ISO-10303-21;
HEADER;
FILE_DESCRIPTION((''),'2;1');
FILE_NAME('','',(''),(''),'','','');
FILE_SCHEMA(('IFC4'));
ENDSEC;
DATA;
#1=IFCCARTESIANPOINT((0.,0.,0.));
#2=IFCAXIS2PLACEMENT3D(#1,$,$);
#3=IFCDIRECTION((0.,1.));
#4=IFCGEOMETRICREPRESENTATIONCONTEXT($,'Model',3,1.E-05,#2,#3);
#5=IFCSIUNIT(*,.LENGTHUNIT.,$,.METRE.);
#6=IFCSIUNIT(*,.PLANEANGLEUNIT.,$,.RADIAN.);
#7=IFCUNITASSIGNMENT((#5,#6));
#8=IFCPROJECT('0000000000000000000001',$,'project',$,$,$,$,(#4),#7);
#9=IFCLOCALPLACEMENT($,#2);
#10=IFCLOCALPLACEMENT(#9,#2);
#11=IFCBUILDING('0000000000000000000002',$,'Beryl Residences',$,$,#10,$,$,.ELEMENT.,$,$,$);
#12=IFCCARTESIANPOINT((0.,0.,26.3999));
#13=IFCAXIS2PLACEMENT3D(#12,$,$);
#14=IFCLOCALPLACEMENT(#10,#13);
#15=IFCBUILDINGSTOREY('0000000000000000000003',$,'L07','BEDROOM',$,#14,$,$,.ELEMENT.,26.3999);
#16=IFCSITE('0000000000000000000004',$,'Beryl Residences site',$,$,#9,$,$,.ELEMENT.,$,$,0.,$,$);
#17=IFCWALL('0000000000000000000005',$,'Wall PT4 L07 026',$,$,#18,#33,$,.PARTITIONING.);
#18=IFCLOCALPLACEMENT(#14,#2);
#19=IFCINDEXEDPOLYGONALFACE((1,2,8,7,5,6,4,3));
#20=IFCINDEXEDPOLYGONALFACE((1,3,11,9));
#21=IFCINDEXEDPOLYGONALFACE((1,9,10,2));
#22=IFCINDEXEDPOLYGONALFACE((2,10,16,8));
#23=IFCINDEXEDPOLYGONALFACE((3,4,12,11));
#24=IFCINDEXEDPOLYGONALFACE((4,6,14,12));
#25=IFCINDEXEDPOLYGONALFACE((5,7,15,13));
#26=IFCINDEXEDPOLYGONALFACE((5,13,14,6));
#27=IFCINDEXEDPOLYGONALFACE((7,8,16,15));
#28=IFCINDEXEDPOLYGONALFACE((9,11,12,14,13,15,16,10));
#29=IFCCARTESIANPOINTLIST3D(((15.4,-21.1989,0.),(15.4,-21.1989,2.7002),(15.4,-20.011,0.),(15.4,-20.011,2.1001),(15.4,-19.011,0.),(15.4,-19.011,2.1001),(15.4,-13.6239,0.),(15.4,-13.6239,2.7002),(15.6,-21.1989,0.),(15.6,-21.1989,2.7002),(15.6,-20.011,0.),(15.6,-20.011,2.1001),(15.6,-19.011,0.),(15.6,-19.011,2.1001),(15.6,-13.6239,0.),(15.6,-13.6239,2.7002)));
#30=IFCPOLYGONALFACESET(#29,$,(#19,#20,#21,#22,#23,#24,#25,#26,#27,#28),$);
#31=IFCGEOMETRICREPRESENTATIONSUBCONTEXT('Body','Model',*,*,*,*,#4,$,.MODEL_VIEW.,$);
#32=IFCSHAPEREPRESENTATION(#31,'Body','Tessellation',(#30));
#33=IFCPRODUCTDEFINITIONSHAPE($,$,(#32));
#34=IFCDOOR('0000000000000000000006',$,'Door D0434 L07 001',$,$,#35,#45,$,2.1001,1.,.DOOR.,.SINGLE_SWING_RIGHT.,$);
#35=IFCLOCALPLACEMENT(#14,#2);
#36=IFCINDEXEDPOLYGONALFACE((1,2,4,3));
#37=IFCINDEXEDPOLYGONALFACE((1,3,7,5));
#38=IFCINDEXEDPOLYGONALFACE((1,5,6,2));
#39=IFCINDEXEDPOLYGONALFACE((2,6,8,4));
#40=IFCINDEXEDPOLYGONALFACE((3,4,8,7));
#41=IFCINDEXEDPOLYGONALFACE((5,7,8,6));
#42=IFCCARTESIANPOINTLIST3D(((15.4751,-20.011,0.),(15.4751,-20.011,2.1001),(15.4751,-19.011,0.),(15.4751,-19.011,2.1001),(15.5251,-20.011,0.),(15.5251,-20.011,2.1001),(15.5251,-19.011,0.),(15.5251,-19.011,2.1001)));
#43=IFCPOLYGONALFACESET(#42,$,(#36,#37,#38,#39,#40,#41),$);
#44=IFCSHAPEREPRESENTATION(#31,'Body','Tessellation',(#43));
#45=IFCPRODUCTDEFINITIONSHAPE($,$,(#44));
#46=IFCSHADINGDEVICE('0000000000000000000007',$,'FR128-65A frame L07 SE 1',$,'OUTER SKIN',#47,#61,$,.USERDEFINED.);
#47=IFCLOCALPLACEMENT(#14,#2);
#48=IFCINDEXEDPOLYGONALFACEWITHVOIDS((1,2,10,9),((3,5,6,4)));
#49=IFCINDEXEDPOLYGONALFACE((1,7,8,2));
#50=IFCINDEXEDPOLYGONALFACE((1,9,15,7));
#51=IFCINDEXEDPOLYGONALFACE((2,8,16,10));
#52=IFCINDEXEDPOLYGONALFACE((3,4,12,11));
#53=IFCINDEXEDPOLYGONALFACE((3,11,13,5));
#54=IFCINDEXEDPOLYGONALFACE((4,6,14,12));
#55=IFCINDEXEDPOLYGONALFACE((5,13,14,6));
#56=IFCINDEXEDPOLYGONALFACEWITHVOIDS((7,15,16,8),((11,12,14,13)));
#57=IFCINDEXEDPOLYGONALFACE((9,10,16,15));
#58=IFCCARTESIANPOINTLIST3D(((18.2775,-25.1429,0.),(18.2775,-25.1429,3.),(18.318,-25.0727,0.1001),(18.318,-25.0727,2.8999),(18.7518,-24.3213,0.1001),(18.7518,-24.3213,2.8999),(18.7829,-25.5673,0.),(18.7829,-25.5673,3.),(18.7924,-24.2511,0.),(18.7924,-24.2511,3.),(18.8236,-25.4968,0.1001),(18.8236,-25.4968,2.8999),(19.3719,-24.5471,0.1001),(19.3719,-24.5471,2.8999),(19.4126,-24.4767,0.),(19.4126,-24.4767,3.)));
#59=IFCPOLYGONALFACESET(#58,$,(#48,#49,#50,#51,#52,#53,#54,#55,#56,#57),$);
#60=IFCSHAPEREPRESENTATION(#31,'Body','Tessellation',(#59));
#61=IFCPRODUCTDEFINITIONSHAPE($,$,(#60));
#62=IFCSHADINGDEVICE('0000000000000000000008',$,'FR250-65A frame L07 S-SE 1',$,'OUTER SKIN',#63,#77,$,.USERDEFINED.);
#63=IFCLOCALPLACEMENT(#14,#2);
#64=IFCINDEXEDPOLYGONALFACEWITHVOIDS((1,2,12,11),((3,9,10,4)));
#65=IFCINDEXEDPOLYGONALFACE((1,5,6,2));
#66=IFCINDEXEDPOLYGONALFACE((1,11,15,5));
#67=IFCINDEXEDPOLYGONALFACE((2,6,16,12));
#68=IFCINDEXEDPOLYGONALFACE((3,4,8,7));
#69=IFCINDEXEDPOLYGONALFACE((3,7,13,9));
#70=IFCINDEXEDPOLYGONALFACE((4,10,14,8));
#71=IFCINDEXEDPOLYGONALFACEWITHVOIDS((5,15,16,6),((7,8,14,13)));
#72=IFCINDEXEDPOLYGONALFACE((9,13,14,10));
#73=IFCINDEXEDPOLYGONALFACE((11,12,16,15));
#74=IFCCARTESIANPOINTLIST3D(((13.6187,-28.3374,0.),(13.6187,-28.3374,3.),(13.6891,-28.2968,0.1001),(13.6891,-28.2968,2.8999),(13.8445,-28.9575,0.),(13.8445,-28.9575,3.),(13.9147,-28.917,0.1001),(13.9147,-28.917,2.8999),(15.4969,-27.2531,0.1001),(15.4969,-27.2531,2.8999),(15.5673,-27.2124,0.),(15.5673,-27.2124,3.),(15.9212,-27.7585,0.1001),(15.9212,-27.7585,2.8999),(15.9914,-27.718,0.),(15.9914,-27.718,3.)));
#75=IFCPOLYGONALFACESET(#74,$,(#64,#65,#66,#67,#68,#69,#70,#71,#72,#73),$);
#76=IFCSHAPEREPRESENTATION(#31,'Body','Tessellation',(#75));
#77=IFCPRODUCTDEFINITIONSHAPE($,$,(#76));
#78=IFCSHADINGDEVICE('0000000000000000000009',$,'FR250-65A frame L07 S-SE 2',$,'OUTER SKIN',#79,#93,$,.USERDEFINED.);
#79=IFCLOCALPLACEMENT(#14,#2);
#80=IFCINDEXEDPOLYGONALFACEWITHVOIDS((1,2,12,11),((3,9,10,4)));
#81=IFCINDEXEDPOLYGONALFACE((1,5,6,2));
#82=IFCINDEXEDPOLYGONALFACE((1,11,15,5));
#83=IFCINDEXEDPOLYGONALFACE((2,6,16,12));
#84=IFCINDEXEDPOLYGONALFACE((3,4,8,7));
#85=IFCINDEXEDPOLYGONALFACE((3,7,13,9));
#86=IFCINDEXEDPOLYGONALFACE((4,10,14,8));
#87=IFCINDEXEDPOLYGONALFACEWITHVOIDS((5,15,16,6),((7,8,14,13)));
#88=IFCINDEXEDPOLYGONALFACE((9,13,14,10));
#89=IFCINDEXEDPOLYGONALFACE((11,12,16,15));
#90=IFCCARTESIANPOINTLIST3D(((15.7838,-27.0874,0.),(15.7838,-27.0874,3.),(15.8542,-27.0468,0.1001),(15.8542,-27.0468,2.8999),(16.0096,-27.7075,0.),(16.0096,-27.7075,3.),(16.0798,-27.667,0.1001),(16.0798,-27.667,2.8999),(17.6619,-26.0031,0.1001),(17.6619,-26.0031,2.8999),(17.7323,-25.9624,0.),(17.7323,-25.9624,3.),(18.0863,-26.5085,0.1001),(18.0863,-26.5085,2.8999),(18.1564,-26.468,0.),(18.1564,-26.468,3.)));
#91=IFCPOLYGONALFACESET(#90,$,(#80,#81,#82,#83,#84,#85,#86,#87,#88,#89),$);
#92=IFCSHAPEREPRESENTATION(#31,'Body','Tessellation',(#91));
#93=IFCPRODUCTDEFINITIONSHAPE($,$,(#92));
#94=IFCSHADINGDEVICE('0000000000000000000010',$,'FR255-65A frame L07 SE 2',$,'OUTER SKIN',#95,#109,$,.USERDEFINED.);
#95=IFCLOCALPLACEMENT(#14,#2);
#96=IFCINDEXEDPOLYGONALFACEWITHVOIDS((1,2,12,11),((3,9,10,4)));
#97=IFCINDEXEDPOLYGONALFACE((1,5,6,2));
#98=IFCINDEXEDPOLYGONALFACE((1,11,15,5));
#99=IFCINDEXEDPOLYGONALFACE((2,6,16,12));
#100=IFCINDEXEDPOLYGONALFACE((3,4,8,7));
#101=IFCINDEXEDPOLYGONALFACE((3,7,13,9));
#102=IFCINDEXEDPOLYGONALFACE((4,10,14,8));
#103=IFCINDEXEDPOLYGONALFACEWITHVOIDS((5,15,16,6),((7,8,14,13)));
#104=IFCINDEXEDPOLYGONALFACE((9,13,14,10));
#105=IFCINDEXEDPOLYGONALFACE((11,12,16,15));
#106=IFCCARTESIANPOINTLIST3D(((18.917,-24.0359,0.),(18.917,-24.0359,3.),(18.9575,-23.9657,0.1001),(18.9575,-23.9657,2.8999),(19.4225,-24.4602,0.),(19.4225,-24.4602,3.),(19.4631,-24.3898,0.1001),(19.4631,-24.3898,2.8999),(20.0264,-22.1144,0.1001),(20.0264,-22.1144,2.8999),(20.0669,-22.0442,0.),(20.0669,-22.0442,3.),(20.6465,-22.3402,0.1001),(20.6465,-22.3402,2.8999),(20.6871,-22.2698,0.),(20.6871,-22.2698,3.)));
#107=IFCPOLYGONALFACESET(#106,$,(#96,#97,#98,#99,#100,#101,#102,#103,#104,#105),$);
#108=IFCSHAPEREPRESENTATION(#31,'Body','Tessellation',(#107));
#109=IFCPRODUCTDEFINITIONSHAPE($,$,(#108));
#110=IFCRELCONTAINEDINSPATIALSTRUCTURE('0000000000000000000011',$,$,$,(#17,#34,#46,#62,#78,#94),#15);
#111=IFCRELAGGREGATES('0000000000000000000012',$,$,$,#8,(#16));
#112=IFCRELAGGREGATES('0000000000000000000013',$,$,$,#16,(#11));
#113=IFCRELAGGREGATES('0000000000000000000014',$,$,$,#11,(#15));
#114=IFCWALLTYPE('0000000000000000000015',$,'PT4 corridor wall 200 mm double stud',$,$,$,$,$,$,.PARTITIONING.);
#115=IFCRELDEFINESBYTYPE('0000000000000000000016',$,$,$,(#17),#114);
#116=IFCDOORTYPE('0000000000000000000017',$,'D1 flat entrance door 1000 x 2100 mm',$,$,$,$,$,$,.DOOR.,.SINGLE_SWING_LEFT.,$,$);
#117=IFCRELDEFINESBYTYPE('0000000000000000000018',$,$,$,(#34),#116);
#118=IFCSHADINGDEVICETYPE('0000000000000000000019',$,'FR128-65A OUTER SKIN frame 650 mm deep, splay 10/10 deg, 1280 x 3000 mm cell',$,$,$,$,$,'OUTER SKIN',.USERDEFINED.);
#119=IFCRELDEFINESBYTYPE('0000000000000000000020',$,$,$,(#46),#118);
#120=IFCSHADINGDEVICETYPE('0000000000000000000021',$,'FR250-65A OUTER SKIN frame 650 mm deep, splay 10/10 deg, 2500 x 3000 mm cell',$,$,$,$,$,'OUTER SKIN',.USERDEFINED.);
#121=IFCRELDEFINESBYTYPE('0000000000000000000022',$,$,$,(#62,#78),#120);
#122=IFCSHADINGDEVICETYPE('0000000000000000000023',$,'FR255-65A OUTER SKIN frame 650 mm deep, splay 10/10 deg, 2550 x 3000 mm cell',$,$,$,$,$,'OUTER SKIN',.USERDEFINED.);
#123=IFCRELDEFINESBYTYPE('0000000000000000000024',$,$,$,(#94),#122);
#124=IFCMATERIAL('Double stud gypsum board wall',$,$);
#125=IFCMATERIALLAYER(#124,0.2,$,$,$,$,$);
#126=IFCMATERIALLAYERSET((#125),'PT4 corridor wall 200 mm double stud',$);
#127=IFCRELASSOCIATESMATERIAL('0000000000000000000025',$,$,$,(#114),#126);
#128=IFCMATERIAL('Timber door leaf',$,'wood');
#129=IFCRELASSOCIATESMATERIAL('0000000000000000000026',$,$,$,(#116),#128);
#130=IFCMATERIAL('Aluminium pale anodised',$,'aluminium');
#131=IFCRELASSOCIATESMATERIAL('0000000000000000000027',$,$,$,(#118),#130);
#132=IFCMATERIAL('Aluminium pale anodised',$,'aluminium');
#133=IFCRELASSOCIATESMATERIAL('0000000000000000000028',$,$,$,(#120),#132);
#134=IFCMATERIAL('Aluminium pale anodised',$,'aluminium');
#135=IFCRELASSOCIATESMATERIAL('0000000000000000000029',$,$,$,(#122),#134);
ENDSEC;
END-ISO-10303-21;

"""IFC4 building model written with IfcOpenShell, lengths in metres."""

from ifc_helpers import new_model, entity, si_unit, direction, frame, frame_2d, origin, place, context, subcontext, project, spatial, rectangle, extrude, source, transform, mapped, material, layer, layer_set, type_object, type_shapes, element, fill, save


model = new_model("IFC4")

# Units and contexts
model_context = context("Model", 3, precision=1e-05, world=origin(), true_north=direction((0.0, 1.0)))
body_context = subcontext(model_context, "Body", "Model", "MODEL_VIEW")
ifc_project = project(units=[si_unit("LENGTHUNIT", "METRE"), si_unit("PLANEANGLEUNIT", "RADIAN")], contexts=[model_context])

# Site, building, storey
site_placement = place(None, origin())
site = spatial("IfcSite", under=ifc_project, at=site_placement, Name="Beryl Residences site", CompositionType="ELEMENT", RefElevation=0.0)
building_placement = place(site_placement, origin())
building = spatial("IfcBuilding", under=site, at=building_placement, Name="Beryl Residences", CompositionType="ELEMENT")
storey_placement = place(building_placement, frame((0.0, 0.0, 26.3999)))
storey = spatial("IfcBuildingStorey", under=building, at=storey_placement, Name="L07", Description="BEDROOM", CompositionType="ELEMENT", Elevation=26.3999)

# Wall, opening, door
ifc_material_1 = material(Name="Double stud gypsum board wall")
ifc_layer_1 = layer(ifc_material_1, 0.2)
ifc_layer_set_1 = layer_set([ifc_layer_1], Name="PT4 corridor wall 200 mm double stud")
wall_type_1 = type_object("IfcWallType", Name="PT4 corridor wall 200 mm double stud", PredefinedType="PARTITIONING", material=ifc_layer_set_1)
wall_1_placement = place(storey_placement, frame((15.5, -21.199, 0.0), z_axis=(0.0, 0.0, 1.0), x_axis=(0.0, 1.0, 0.0)))
wall_1 = element("IfcWall", 1, at=wall_1_placement, inside=storey, type_object=wall_type_1, Name="Wall PT4 L07 026", PredefinedType="PARTITIONING", context=body_context, shape_type="SweptSolid", body=[
    extrude(rectangle(XDim=7.575, YDim=0.2, at=frame_2d((3.7876, 0.0))), origin(), (0.0, 0.0, 1.0), 2.7002),
])
opening_1_placement = place(wall_1_placement, frame((1.188, 0.0, 0.0)))
opening_1 = element("IfcOpeningElement", 2, at=opening_1_placement, cuts=wall_1, PredefinedType="OPENING", context=body_context, shape_type="SweptSolid", body=[
    extrude(rectangle(XDim=1.0, YDim=2.1001, at=frame_2d((0.5, 1.05))), frame((0.0, 0.1099, 0.0), z_axis=(0.0, -1.0, 0.0), x_axis=(1.0, 0.0, 0.0)), (0.0, 0.0, 1.0), 0.22),
])
ifc_material_2 = material(Name="Timber door leaf", Category="wood")
door_type_1 = type_object("IfcDoorType", Name="D1 flat entrance door 1000 x 2100 mm", OperationType="SINGLE_SWING_LEFT", PredefinedType="DOOR", material=ifc_material_2)
door_1_placement = place(opening_1_placement, origin())
door_1 = element("IfcDoor", 3, at=door_1_placement, inside=storey, type_object=door_type_1, Name="Door D0434 L07 001", OperationType="SINGLE_SWING_RIGHT", OverallHeight=2.1001, OverallWidth=1.0, PredefinedType="DOOR", context=body_context, shape_type="SweptSolid", body=[
    extrude(rectangle(XDim=1.0, YDim=2.1001, at=frame_2d((0.5, 1.05))), frame((0.0, 0.0249, 0.0), z_axis=(0.0, -1.0, 0.0), x_axis=(1.0, 0.0, 0.0)), (0.0, 0.0, 1.0), 0.05),
])
fill(opening_1, door_1)

# Shading devices
ifc_material_3 = material(Name="Aluminium pale anodised", Category="aluminium")
shading_device_type_1 = type_object("IfcShadingDeviceType", Name="FR128-65A OUTER SKIN frame 650 mm deep, splay 10/10 deg, 1280 x 3000 mm cell", ElementType="OUTER SKIN", PredefinedType="USERDEFINED", material=ifc_material_3)
cartesian_point_1 = entity("IfcCartesianPoint", [-0.5149, 0.0])
cartesian_point_2 = entity("IfcCartesianPoint", [-0.4338, 0.1001])
cartesian_point_3 = entity("IfcCartesianPoint", [-0.6296, 0.0])
cartesian_point_4 = entity("IfcCartesianPoint", [-0.5483, 0.1001])
shared_shape_1 = source(origin(), body_context, "Body", "SweptSolid", [
    entity("IfcExtrudedAreaSolidTapered", entity("IfcArbitraryProfileDefWithVoids", "AREA", None, entity("IfcPolyline", [cartesian_point_1, entity("IfcCartesianPoint", [0.5149, 0.0]), entity("IfcCartesianPoint", [0.5149, 3.0]), entity("IfcCartesianPoint", [-0.5149, 3.0]), cartesian_point_1]), [entity("IfcPolyline", [cartesian_point_2, entity("IfcCartesianPoint", [0.4338, 0.1001]), entity("IfcCartesianPoint", [0.4338, 2.8999]), entity("IfcCartesianPoint", [-0.4338, 2.8999]), cartesian_point_2])]), entity("IfcAxis2Placement3D", entity("IfcCartesianPoint", [0.0, 0.0, 0.0]), entity("IfcDirection", [0.0, 1.0, 0.0]), entity("IfcDirection", [-1.0, 0.0, 0.0])), entity("IfcDirection", [0.0, 0.0, 1.0]), 0.6499, entity("IfcArbitraryProfileDefWithVoids", "AREA", None, entity("IfcPolyline", [cartesian_point_3, entity("IfcCartesianPoint", [0.6296, 0.0]), entity("IfcCartesianPoint", [0.6296, 3.0]), entity("IfcCartesianPoint", [-0.6296, 3.0]), cartesian_point_3]), [entity("IfcPolyline", [cartesian_point_4, entity("IfcCartesianPoint", [0.5483, 0.1001]), entity("IfcCartesianPoint", [0.5483, 2.8999]), entity("IfcCartesianPoint", [-0.5483, 2.8999]), cartesian_point_4])])),
])
type_shapes(shading_device_type_1, [shared_shape_1])
shading_device_1_placement = place(storey_placement, frame((18.5349, -24.697, 0.0), z_axis=(0.0, 0.0, 1.0), x_axis=(-0.5, -0.866025, 0.0)))
element("IfcShadingDevice", 4, at=shading_device_1_placement, inside=storey, type_object=shading_device_type_1, Name="FR128-65A frame L07 SE 1", ObjectType="OUTER SKIN", PredefinedType="USERDEFINED", context=body_context, shape_type="MappedRepresentation", body=[
    mapped(shared_shape_1, transform((0.0, 0.0, 0.0))),
])
ifc_material_4 = material(Name="Aluminium pale anodised", Category="aluminium")
shading_device_type_2 = type_object("IfcShadingDeviceType", Name="FR250-65A OUTER SKIN frame 650 mm deep, splay 10/10 deg, 2500 x 3000 mm cell", ElementType="OUTER SKIN", PredefinedType="USERDEFINED", material=ifc_material_4)
cartesian_point_5 = entity("IfcCartesianPoint", [-1.125, 0.0])
cartesian_point_6 = entity("IfcCartesianPoint", [-1.0437, 0.1001])
cartesian_point_7 = entity("IfcCartesianPoint", [-1.2395, 0.0])
cartesian_point_8 = entity("IfcCartesianPoint", [-1.1584, 0.1001])
shared_shape_2 = source(origin(), body_context, "Body", "SweptSolid", [
    entity("IfcExtrudedAreaSolidTapered", entity("IfcArbitraryProfileDefWithVoids", "AREA", None, entity("IfcPolyline", [cartesian_point_5, entity("IfcCartesianPoint", [1.125, 0.0]), entity("IfcCartesianPoint", [1.125, 3.0]), entity("IfcCartesianPoint", [-1.125, 3.0]), cartesian_point_5]), [entity("IfcPolyline", [cartesian_point_6, entity("IfcCartesianPoint", [1.0437, 0.1001]), entity("IfcCartesianPoint", [1.0437, 2.8999]), entity("IfcCartesianPoint", [-1.0437, 2.8999]), cartesian_point_6])]), entity("IfcAxis2Placement3D", entity("IfcCartesianPoint", [0.0, 0.0, 0.0]), entity("IfcDirection", [0.0, 1.0, 0.0]), entity("IfcDirection", [-1.0, 0.0, 0.0])), entity("IfcDirection", [0.0, 0.0, 1.0]), 0.6499, entity("IfcArbitraryProfileDefWithVoids", "AREA", None, entity("IfcPolyline", [cartesian_point_7, entity("IfcCartesianPoint", [1.2395, 0.0]), entity("IfcCartesianPoint", [1.2395, 3.0]), entity("IfcCartesianPoint", [-1.2395, 3.0]), cartesian_point_7]), [entity("IfcPolyline", [cartesian_point_8, entity("IfcCartesianPoint", [1.1584, 0.1001]), entity("IfcCartesianPoint", [1.1584, 2.8999]), entity("IfcCartesianPoint", [-1.1584, 2.8999]), cartesian_point_8])])),
])
type_shapes(shading_device_type_2, [shared_shape_2])
for number, where, z_axis, x_axis, name in (
    (5, (14.593, -27.7749, 0.0), (0.0, 0.0, 1.0), (-0.866025, -0.5, 0.0), "FR250-65A frame L07 S-SE 1"),
    (6, (16.7581, -26.5249, 0.0), (0.0, 0.0, 1.0), (-0.866025, -0.5, 0.0), "FR250-65A frame L07 S-SE 2"),
):
    element("IfcShadingDevice", number, at=place(storey_placement, frame(where, z_axis=z_axis, x_axis=x_axis)), inside=storey, type_object=shading_device_type_2, Name=name, ObjectType="OUTER SKIN", PredefinedType="USERDEFINED", context=body_context, shape_type="MappedRepresentation", body=[
        mapped(shared_shape_2, transform((0.0, 0.0, 0.0))),
    ])
ifc_material_5 = material(Name="Aluminium pale anodised", Category="aluminium")
shading_device_type_3 = type_object("IfcShadingDeviceType", Name="FR255-65A OUTER SKIN frame 650 mm deep, splay 10/10 deg, 2550 x 3000 mm cell", ElementType="OUTER SKIN", PredefinedType="USERDEFINED", material=ifc_material_5)
cartesian_point_9 = entity("IfcCartesianPoint", [-1.1499, 0.0])
cartesian_point_10 = entity("IfcCartesianPoint", [-1.0688, 0.1001])
cartesian_point_11 = entity("IfcCartesianPoint", [-1.2646, 0.0])
cartesian_point_12 = entity("IfcCartesianPoint", [-1.1833, 0.1001])
shared_shape_3 = source(origin(), body_context, "Body", "SweptSolid", [
    entity("IfcExtrudedAreaSolidTapered", entity("IfcArbitraryProfileDefWithVoids", "AREA", None, entity("IfcPolyline", [cartesian_point_9, entity("IfcCartesianPoint", [1.1499, 0.0]), entity("IfcCartesianPoint", [1.1499, 3.0]), entity("IfcCartesianPoint", [-1.1499, 3.0]), cartesian_point_9]), [entity("IfcPolyline", [cartesian_point_10, entity("IfcCartesianPoint", [1.0688, 0.1001]), entity("IfcCartesianPoint", [1.0688, 2.8999]), entity("IfcCartesianPoint", [-1.0688, 2.8999]), cartesian_point_10])]), entity("IfcAxis2Placement3D", entity("IfcCartesianPoint", [0.0, 0.0, 0.0]), entity("IfcDirection", [0.0, 1.0, 0.0]), entity("IfcDirection", [-1.0, 0.0, 0.0])), entity("IfcDirection", [0.0, 0.0, 1.0]), 0.6499, entity("IfcArbitraryProfileDefWithVoids", "AREA", None, entity("IfcPolyline", [cartesian_point_11, entity("IfcCartesianPoint", [1.2646, 0.0]), entity("IfcCartesianPoint", [1.2646, 3.0]), entity("IfcCartesianPoint", [-1.2646, 3.0]), cartesian_point_11]), [entity("IfcPolyline", [cartesian_point_12, entity("IfcCartesianPoint", [1.1833, 0.1001]), entity("IfcCartesianPoint", [1.1833, 2.8999]), entity("IfcCartesianPoint", [-1.1833, 2.8999]), cartesian_point_12])])),
])
type_shapes(shading_device_type_3, [shared_shape_3])
shading_device_2_placement = place(storey_placement, frame((19.4919, -23.04, 0.0), z_axis=(0.0, 0.0, 1.0), x_axis=(-0.5, -0.866025, 0.0)))
element("IfcShadingDevice", 7, at=shading_device_2_placement, inside=storey, type_object=shading_device_type_3, Name="FR255-65A frame L07 SE 2", ObjectType="OUTER SKIN", PredefinedType="USERDEFINED", context=body_context, shape_type="MappedRepresentation", body=[
    mapped(shared_shape_3, transform((0.0, 0.0, 0.0))),
])

save(model, "model.ifc")
